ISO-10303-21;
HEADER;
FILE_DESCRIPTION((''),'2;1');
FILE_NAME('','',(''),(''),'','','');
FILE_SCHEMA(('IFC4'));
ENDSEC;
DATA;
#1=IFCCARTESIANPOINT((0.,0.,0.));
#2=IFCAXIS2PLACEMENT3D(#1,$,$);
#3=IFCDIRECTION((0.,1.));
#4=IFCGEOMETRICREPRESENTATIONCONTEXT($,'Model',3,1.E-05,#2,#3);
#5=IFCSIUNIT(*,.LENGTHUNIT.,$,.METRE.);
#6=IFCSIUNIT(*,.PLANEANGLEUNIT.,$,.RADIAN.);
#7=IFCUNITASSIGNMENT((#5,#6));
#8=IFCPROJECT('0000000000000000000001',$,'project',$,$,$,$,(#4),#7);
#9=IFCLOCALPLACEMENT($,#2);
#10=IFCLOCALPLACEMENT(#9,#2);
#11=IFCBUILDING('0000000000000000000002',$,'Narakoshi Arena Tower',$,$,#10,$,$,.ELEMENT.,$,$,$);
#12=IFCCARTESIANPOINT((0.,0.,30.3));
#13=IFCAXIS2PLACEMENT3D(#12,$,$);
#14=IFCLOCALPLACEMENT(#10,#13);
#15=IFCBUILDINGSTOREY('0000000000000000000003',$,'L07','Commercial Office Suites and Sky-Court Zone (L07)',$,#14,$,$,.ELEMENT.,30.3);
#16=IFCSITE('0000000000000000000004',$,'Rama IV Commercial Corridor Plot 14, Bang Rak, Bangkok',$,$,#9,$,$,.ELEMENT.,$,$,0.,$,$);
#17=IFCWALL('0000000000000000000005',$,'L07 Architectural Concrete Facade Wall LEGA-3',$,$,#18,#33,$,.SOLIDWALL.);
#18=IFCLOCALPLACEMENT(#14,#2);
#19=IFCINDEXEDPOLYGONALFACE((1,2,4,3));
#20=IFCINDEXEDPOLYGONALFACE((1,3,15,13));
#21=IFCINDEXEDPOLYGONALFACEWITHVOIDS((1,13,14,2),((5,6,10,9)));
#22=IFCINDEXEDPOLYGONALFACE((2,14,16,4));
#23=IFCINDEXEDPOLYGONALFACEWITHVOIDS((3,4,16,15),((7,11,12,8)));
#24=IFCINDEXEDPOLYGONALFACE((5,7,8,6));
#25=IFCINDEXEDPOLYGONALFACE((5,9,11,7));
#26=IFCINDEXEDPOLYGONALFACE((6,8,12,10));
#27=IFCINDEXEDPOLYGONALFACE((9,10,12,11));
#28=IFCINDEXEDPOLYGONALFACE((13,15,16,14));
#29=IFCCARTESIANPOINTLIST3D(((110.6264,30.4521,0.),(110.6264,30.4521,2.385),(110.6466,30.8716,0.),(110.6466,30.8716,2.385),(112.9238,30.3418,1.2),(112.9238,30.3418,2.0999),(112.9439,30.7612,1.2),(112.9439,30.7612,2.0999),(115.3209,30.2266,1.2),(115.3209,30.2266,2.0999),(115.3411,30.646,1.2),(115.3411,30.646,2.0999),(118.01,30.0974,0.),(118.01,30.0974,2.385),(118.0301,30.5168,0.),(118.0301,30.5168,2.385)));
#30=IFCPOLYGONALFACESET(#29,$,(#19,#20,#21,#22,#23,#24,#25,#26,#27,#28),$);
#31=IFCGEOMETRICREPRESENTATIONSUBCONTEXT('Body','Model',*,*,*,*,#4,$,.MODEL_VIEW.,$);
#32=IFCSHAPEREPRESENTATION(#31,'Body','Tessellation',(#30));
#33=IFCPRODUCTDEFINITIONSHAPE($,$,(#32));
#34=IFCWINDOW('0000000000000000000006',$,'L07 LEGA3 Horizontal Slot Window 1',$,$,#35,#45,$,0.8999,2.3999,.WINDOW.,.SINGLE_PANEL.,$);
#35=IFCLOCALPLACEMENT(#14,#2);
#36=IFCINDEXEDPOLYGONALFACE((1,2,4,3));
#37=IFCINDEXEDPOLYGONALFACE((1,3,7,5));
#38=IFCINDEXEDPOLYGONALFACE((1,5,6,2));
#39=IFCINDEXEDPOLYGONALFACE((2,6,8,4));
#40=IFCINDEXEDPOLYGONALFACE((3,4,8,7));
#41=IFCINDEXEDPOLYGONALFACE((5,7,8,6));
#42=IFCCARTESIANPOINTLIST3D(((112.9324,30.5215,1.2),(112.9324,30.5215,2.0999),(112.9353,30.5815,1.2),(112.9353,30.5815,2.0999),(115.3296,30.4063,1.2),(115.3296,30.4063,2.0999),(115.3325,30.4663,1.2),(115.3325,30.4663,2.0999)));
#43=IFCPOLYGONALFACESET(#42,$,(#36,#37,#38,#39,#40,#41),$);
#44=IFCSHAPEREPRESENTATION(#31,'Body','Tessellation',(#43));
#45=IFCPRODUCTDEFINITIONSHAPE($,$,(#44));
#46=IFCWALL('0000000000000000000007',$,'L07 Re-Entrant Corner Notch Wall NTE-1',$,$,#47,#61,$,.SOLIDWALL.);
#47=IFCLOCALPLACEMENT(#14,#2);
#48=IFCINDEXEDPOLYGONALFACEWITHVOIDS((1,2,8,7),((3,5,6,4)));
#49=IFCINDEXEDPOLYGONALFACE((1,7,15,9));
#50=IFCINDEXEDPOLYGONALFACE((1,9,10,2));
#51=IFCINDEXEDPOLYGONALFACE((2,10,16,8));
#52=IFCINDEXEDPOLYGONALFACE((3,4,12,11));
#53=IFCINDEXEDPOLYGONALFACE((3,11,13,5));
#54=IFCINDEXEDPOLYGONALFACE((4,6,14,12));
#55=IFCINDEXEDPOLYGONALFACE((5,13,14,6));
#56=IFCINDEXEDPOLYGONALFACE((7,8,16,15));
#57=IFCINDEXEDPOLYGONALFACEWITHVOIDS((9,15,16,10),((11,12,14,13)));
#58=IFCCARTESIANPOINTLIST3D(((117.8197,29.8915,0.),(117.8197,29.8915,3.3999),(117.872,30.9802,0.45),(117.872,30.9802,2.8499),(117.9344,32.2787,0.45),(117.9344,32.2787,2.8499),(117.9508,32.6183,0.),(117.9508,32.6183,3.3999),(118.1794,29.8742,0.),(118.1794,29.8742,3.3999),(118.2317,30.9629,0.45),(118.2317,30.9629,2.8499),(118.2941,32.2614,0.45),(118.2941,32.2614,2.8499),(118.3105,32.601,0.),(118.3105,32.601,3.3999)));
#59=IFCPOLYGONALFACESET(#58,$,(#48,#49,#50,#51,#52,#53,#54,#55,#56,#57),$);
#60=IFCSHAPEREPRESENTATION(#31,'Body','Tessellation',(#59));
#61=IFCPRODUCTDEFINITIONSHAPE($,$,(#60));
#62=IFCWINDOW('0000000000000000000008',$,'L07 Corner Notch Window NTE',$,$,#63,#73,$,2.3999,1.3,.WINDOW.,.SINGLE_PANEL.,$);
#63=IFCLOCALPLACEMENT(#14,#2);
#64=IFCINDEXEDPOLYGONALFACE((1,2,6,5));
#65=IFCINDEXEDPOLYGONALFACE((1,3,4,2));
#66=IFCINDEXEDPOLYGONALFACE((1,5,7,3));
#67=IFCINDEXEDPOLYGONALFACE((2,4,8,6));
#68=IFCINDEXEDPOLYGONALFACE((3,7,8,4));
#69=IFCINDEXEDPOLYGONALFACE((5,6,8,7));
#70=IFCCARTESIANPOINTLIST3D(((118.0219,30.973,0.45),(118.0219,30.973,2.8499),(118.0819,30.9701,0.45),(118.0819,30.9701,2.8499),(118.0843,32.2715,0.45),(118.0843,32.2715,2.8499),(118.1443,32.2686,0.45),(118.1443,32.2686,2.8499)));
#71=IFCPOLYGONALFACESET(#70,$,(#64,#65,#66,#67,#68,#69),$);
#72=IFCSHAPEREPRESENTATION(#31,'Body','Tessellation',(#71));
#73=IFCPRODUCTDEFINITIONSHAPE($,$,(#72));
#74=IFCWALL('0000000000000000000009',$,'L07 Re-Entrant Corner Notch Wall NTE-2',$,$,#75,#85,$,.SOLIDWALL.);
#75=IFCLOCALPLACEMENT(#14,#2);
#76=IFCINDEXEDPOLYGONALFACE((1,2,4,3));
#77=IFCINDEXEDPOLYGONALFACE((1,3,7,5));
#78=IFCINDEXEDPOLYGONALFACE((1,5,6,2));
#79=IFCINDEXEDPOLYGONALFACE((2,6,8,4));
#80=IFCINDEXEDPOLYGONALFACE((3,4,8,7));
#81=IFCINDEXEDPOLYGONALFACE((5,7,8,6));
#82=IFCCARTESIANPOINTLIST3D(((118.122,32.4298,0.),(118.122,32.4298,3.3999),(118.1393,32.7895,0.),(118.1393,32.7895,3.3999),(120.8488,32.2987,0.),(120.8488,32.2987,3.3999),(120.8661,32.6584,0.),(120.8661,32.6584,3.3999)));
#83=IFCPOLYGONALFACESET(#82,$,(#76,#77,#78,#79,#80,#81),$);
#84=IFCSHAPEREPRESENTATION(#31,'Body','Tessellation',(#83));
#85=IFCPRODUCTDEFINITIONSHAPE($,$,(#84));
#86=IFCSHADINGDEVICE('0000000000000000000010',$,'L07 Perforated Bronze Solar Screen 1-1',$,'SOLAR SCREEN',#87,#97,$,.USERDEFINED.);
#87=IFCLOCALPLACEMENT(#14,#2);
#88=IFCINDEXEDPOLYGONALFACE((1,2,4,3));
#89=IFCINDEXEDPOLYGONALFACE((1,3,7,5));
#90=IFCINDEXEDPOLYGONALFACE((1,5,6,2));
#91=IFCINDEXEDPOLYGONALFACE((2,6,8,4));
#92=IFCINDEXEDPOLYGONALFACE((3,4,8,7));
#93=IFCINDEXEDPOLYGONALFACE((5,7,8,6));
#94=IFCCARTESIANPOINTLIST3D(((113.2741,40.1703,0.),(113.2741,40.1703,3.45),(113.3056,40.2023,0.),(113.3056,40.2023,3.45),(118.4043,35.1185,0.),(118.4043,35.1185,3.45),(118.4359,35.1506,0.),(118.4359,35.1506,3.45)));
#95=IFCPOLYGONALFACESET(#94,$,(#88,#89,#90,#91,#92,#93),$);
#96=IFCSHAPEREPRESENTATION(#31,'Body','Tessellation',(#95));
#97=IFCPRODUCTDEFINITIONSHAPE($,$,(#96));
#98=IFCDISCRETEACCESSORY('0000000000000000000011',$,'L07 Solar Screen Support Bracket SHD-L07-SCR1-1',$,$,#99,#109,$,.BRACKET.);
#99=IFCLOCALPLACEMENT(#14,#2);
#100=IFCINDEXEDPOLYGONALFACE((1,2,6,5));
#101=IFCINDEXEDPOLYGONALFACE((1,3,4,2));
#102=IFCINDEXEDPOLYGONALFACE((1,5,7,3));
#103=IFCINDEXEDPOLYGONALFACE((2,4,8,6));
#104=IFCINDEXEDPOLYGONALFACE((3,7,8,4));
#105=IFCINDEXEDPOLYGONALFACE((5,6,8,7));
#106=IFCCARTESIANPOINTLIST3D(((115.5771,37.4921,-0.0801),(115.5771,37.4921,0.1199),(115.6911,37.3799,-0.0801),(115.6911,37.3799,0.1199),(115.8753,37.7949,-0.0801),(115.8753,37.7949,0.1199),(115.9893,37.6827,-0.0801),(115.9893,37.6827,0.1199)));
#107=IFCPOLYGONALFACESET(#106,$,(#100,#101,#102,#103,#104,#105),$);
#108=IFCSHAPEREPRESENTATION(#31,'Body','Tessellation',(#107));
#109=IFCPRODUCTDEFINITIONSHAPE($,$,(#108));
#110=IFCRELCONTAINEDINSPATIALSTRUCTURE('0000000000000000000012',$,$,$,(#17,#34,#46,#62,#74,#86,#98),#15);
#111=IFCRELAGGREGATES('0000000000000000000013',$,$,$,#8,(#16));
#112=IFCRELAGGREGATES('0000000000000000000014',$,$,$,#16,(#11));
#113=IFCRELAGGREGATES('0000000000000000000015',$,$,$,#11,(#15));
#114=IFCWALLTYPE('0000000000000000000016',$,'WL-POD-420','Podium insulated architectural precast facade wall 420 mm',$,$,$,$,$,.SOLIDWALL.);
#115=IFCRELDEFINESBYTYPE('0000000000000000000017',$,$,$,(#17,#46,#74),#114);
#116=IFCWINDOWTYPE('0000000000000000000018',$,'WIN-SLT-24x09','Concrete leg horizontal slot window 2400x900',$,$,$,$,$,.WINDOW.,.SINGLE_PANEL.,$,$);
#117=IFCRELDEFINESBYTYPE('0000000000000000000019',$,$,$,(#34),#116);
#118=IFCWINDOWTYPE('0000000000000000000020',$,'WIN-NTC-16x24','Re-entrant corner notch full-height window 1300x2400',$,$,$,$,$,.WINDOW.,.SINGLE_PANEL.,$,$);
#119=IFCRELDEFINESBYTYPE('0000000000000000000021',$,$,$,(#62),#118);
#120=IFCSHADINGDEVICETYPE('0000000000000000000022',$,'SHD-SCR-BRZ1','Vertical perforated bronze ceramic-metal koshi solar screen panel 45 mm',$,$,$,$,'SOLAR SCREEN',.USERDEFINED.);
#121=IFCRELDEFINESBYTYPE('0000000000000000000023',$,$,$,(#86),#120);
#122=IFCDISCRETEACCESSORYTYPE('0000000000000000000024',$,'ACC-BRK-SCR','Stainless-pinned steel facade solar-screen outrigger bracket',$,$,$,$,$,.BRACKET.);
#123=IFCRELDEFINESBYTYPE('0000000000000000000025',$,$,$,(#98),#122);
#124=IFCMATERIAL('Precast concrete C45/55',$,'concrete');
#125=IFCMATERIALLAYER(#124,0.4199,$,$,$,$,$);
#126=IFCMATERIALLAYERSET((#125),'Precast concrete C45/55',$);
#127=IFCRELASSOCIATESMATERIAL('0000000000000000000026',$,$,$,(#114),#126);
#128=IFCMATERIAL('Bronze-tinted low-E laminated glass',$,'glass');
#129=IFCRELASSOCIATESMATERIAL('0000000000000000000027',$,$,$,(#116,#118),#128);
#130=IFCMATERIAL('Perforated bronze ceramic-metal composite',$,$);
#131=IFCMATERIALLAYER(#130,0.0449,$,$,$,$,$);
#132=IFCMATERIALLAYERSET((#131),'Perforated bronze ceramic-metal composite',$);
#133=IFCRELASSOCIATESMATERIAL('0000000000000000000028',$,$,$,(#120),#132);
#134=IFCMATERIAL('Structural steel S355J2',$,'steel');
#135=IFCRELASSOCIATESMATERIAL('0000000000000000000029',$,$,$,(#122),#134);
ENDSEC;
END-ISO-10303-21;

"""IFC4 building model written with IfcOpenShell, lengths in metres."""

from ifc_helpers import new_model, si_unit, direction, frame, frame_2d, origin, origin_2d, place, context, subcontext, project, spatial, rectangle, extrude, material, layer, layer_set, type_object, element, fill, save


model = new_model("IFC4")

# Units and contexts
model_context = context("Model", 3, precision=1e-05, world=origin(), true_north=direction((0.0, 1.0)))
body_context = subcontext(model_context, "Body", "Model", "MODEL_VIEW")
ifc_project = project(units=[si_unit("LENGTHUNIT", "METRE"), si_unit("PLANEANGLEUNIT", "RADIAN")], contexts=[model_context])

# Site, building, storey
site_placement = place(None, origin())
site = spatial("IfcSite", under=ifc_project, at=site_placement, Name="Rama IV Commercial Corridor Plot 14, Bang Rak, Bangkok", CompositionType="ELEMENT", RefElevation=0.0)
building_placement = place(site_placement, origin())
building = spatial("IfcBuilding", under=site, at=building_placement, Name="Narakoshi Arena Tower", CompositionType="ELEMENT")
storey_placement = place(building_placement, frame((0.0, 0.0, 30.3)))
storey = spatial("IfcBuildingStorey", under=building, at=storey_placement, Name="L07", Description="Commercial Office Suites and Sky-Court Zone (L07)", CompositionType="ELEMENT", Elevation=30.3)

# Shared definitions
ifc_material_1 = material(Name="Structural steel S355J2", Category="steel")

# Shared definitions
ifc_material_2 = material(Name="Bronze-tinted low-E laminated glass", Category="glass")

# Shared definitions
ifc_material_3 = material(Name="Precast concrete C45/55", Category="concrete")

# Walls, openings, windows
ifc_layer_1 = layer(ifc_material_3, 0.4199)
ifc_layer_set_1 = layer_set([ifc_layer_1], Name="Precast concrete C45/55")
wall_type_1 = type_object("IfcWallType", Name="WL-POD-420", Description="Podium insulated architectural precast facade wall 420 mm", PredefinedType="SOLIDWALL", material=ifc_layer_set_1)
wall_1_placement = place(storey_placement, frame((110.6365, 30.6619, 0.0), z_axis=(0.0, 0.0, 1.0), x_axis=(0.998848, -0.047989, 0.0)))
wall_1 = element("IfcWall", 1, at=wall_1_placement, inside=storey, type_object=wall_type_1, Name="L07 Architectural Concrete Facade Wall LEGA-3", PredefinedType="SOLIDWALL", context=body_context, shape_type="SweptSolid", body=[
    extrude(rectangle(XDim=7.3921, YDim=0.4199, at=frame_2d((3.696, 0.0))), origin(), (0.0, 0.0, 1.0), 2.385),
])
opening_1_placement = place(wall_1_placement, frame((2.3, 0.0, 1.2)))
opening_1 = element("IfcOpeningElement", 2, at=opening_1_placement, cuts=wall_1, PredefinedType="OPENING", context=body_context, shape_type="SweptSolid", body=[
    extrude(rectangle(XDim=2.3999, YDim=0.8999, at=frame_2d((1.2, 0.45))), frame((0.0, 0.22, 0.0), z_axis=(0.0, -1.0, 0.0), x_axis=(1.0, 0.0, 0.0)), (0.0, 0.0, 1.0), 0.4399),
])
window_type_1 = type_object("IfcWindowType", Name="WIN-SLT-24x09", Description="Concrete leg horizontal slot window 2400x900", PartitioningType="SINGLE_PANEL", PredefinedType="WINDOW", material=ifc_material_2)
window_1_placement = place(opening_1_placement, origin())
window_1 = element("IfcWindow", 3, at=window_1_placement, inside=storey, type_object=window_type_1, Name="L07 LEGA3 Horizontal Slot Window 1", OverallHeight=0.8999, OverallWidth=2.3999, PartitioningType="SINGLE_PANEL", PredefinedType="WINDOW", context=body_context, shape_type="SweptSolid", body=[
    extrude(rectangle(XDim=2.3999, YDim=0.8999, at=frame_2d((1.2, 0.45))), frame((0.0, 0.03, 0.0), z_axis=(0.0, -1.0, 0.0), x_axis=(1.0, 0.0, 0.0)), (0.0, 0.0, 1.0), 0.0601),
])
fill(opening_1, window_1)
wall_2_placement = place(storey_placement, frame((117.9995, 29.8828, 0.0), z_axis=(0.0, 0.0, 1.0), x_axis=(0.048024, 0.998846, 0.0)))
wall_2 = element("IfcWall", 4, at=wall_2_placement, inside=storey, type_object=wall_type_1, Name="L07 Re-Entrant Corner Notch Wall NTE-1", PredefinedType="SOLIDWALL", context=body_context, shape_type="SweptSolid", body=[
    extrude(rectangle(XDim=2.73, YDim=0.3601, at=frame_2d((1.365, 0.0))), origin(), (0.0, 0.0, 1.0), 3.3999),
])
opening_2_placement = place(wall_2_placement, frame((1.0901, 0.0, 0.45)))
opening_2 = element("IfcOpeningElement", 5, at=opening_2_placement, cuts=wall_2, PredefinedType="OPENING", context=body_context, shape_type="SweptSolid", body=[
    extrude(rectangle(XDim=1.3, YDim=2.3999, at=frame_2d((0.6499, 1.2))), frame((0.0, 0.1899, 0.0), z_axis=(0.0, -1.0, 0.0), x_axis=(1.0, 0.0, 0.0)), (0.0, 0.0, 1.0), 0.3801),
])
window_type_2 = type_object("IfcWindowType", Name="WIN-NTC-16x24", Description="Re-entrant corner notch full-height window 1300x2400", PartitioningType="SINGLE_PANEL", PredefinedType="WINDOW", material=ifc_material_2)
window_2_placement = place(opening_2_placement, origin())
window_2 = element("IfcWindow", 6, at=window_2_placement, inside=storey, type_object=window_type_2, Name="L07 Corner Notch Window NTE", OverallHeight=2.3999, OverallWidth=1.3, PartitioningType="SINGLE_PANEL", PredefinedType="WINDOW", context=body_context, shape_type="SweptSolid", body=[
    extrude(rectangle(XDim=1.3, YDim=2.3999, at=frame_2d((0.6499, 1.2))), frame((0.0, 0.03, 0.0), z_axis=(0.0, -1.0, 0.0), x_axis=(1.0, 0.0, 0.0)), (0.0, 0.0, 1.0), 0.0601),
])
fill(opening_2, window_2)

# Wall
wall_3_placement = place(storey_placement, frame((118.1306, 32.6096, 0.0), z_axis=(0.0, 0.0, 1.0), x_axis=(0.998846, -0.048024, 0.0)))
element("IfcWall", 7, at=wall_3_placement, inside=storey, type_object=wall_type_1, Name="L07 Re-Entrant Corner Notch Wall NTE-2", PredefinedType="SOLIDWALL", context=body_context, shape_type="SweptSolid", body=[
    extrude(rectangle(XDim=2.73, YDim=0.3601, at=frame_2d((1.365, 0.0))), origin(), (0.0, 0.0, 1.0), 3.3999),
])

# Shading device
ifc_material_4 = material(Name="Perforated bronze ceramic-metal composite")
ifc_layer_2 = layer(ifc_material_4, 0.0449)
ifc_layer_set_2 = layer_set([ifc_layer_2], Name="Perforated bronze ceramic-metal composite")
shading_device_type = type_object("IfcShadingDeviceType", Name="SHD-SCR-BRZ1", Description="Vertical perforated bronze ceramic-metal koshi solar screen panel 45 mm", ElementType="SOLAR SCREEN", PredefinedType="USERDEFINED", material=ifc_layer_set_2)
shading_device_placement = place(storey_placement, frame((115.855, 37.6604, 0.0), z_axis=(0.0, 0.0, 1.0), x_axis=(-0.712541, 0.701631, 0.0)))
element("IfcShadingDevice", 8, at=shading_device_placement, inside=storey, type_object=shading_device_type, Name="L07 Perforated Bronze Solar Screen 1-1", ObjectType="SOLAR SCREEN", PredefinedType="USERDEFINED", context=body_context, shape_type="SweptSolid", body=[
    extrude(rectangle(XDim=7.2, YDim=0.0449, at=origin_2d()), origin(), (0.0, 0.0, 1.0), 3.45),
])

# Discrete accessory
discrete_accessory_type = type_object("IfcDiscreteAccessoryType", Name="ACC-BRK-SCR", Description="Stainless-pinned steel facade solar-screen outrigger bracket", PredefinedType="BRACKET", material=ifc_material_1)
discrete_accessory_placement = place(storey_placement, frame((115.7832, 37.5874, -0.0801), z_axis=(0.0, 0.0, 1.0), x_axis=(-0.712541, 0.701631, 0.0)))
element("IfcDiscreteAccessory", 9, at=discrete_accessory_placement, inside=storey, type_object=discrete_accessory_type, Name="L07 Solar Screen Support Bracket SHD-L07-SCR1-1", PredefinedType="BRACKET", context=body_context, shape_type="SweptSolid", body=[
    extrude(rectangle(XDim=0.1599, YDim=0.425, at=origin_2d()), origin(), (0.0, 0.0, 1.0), 0.2),
])

save(model, "model.ifc")
